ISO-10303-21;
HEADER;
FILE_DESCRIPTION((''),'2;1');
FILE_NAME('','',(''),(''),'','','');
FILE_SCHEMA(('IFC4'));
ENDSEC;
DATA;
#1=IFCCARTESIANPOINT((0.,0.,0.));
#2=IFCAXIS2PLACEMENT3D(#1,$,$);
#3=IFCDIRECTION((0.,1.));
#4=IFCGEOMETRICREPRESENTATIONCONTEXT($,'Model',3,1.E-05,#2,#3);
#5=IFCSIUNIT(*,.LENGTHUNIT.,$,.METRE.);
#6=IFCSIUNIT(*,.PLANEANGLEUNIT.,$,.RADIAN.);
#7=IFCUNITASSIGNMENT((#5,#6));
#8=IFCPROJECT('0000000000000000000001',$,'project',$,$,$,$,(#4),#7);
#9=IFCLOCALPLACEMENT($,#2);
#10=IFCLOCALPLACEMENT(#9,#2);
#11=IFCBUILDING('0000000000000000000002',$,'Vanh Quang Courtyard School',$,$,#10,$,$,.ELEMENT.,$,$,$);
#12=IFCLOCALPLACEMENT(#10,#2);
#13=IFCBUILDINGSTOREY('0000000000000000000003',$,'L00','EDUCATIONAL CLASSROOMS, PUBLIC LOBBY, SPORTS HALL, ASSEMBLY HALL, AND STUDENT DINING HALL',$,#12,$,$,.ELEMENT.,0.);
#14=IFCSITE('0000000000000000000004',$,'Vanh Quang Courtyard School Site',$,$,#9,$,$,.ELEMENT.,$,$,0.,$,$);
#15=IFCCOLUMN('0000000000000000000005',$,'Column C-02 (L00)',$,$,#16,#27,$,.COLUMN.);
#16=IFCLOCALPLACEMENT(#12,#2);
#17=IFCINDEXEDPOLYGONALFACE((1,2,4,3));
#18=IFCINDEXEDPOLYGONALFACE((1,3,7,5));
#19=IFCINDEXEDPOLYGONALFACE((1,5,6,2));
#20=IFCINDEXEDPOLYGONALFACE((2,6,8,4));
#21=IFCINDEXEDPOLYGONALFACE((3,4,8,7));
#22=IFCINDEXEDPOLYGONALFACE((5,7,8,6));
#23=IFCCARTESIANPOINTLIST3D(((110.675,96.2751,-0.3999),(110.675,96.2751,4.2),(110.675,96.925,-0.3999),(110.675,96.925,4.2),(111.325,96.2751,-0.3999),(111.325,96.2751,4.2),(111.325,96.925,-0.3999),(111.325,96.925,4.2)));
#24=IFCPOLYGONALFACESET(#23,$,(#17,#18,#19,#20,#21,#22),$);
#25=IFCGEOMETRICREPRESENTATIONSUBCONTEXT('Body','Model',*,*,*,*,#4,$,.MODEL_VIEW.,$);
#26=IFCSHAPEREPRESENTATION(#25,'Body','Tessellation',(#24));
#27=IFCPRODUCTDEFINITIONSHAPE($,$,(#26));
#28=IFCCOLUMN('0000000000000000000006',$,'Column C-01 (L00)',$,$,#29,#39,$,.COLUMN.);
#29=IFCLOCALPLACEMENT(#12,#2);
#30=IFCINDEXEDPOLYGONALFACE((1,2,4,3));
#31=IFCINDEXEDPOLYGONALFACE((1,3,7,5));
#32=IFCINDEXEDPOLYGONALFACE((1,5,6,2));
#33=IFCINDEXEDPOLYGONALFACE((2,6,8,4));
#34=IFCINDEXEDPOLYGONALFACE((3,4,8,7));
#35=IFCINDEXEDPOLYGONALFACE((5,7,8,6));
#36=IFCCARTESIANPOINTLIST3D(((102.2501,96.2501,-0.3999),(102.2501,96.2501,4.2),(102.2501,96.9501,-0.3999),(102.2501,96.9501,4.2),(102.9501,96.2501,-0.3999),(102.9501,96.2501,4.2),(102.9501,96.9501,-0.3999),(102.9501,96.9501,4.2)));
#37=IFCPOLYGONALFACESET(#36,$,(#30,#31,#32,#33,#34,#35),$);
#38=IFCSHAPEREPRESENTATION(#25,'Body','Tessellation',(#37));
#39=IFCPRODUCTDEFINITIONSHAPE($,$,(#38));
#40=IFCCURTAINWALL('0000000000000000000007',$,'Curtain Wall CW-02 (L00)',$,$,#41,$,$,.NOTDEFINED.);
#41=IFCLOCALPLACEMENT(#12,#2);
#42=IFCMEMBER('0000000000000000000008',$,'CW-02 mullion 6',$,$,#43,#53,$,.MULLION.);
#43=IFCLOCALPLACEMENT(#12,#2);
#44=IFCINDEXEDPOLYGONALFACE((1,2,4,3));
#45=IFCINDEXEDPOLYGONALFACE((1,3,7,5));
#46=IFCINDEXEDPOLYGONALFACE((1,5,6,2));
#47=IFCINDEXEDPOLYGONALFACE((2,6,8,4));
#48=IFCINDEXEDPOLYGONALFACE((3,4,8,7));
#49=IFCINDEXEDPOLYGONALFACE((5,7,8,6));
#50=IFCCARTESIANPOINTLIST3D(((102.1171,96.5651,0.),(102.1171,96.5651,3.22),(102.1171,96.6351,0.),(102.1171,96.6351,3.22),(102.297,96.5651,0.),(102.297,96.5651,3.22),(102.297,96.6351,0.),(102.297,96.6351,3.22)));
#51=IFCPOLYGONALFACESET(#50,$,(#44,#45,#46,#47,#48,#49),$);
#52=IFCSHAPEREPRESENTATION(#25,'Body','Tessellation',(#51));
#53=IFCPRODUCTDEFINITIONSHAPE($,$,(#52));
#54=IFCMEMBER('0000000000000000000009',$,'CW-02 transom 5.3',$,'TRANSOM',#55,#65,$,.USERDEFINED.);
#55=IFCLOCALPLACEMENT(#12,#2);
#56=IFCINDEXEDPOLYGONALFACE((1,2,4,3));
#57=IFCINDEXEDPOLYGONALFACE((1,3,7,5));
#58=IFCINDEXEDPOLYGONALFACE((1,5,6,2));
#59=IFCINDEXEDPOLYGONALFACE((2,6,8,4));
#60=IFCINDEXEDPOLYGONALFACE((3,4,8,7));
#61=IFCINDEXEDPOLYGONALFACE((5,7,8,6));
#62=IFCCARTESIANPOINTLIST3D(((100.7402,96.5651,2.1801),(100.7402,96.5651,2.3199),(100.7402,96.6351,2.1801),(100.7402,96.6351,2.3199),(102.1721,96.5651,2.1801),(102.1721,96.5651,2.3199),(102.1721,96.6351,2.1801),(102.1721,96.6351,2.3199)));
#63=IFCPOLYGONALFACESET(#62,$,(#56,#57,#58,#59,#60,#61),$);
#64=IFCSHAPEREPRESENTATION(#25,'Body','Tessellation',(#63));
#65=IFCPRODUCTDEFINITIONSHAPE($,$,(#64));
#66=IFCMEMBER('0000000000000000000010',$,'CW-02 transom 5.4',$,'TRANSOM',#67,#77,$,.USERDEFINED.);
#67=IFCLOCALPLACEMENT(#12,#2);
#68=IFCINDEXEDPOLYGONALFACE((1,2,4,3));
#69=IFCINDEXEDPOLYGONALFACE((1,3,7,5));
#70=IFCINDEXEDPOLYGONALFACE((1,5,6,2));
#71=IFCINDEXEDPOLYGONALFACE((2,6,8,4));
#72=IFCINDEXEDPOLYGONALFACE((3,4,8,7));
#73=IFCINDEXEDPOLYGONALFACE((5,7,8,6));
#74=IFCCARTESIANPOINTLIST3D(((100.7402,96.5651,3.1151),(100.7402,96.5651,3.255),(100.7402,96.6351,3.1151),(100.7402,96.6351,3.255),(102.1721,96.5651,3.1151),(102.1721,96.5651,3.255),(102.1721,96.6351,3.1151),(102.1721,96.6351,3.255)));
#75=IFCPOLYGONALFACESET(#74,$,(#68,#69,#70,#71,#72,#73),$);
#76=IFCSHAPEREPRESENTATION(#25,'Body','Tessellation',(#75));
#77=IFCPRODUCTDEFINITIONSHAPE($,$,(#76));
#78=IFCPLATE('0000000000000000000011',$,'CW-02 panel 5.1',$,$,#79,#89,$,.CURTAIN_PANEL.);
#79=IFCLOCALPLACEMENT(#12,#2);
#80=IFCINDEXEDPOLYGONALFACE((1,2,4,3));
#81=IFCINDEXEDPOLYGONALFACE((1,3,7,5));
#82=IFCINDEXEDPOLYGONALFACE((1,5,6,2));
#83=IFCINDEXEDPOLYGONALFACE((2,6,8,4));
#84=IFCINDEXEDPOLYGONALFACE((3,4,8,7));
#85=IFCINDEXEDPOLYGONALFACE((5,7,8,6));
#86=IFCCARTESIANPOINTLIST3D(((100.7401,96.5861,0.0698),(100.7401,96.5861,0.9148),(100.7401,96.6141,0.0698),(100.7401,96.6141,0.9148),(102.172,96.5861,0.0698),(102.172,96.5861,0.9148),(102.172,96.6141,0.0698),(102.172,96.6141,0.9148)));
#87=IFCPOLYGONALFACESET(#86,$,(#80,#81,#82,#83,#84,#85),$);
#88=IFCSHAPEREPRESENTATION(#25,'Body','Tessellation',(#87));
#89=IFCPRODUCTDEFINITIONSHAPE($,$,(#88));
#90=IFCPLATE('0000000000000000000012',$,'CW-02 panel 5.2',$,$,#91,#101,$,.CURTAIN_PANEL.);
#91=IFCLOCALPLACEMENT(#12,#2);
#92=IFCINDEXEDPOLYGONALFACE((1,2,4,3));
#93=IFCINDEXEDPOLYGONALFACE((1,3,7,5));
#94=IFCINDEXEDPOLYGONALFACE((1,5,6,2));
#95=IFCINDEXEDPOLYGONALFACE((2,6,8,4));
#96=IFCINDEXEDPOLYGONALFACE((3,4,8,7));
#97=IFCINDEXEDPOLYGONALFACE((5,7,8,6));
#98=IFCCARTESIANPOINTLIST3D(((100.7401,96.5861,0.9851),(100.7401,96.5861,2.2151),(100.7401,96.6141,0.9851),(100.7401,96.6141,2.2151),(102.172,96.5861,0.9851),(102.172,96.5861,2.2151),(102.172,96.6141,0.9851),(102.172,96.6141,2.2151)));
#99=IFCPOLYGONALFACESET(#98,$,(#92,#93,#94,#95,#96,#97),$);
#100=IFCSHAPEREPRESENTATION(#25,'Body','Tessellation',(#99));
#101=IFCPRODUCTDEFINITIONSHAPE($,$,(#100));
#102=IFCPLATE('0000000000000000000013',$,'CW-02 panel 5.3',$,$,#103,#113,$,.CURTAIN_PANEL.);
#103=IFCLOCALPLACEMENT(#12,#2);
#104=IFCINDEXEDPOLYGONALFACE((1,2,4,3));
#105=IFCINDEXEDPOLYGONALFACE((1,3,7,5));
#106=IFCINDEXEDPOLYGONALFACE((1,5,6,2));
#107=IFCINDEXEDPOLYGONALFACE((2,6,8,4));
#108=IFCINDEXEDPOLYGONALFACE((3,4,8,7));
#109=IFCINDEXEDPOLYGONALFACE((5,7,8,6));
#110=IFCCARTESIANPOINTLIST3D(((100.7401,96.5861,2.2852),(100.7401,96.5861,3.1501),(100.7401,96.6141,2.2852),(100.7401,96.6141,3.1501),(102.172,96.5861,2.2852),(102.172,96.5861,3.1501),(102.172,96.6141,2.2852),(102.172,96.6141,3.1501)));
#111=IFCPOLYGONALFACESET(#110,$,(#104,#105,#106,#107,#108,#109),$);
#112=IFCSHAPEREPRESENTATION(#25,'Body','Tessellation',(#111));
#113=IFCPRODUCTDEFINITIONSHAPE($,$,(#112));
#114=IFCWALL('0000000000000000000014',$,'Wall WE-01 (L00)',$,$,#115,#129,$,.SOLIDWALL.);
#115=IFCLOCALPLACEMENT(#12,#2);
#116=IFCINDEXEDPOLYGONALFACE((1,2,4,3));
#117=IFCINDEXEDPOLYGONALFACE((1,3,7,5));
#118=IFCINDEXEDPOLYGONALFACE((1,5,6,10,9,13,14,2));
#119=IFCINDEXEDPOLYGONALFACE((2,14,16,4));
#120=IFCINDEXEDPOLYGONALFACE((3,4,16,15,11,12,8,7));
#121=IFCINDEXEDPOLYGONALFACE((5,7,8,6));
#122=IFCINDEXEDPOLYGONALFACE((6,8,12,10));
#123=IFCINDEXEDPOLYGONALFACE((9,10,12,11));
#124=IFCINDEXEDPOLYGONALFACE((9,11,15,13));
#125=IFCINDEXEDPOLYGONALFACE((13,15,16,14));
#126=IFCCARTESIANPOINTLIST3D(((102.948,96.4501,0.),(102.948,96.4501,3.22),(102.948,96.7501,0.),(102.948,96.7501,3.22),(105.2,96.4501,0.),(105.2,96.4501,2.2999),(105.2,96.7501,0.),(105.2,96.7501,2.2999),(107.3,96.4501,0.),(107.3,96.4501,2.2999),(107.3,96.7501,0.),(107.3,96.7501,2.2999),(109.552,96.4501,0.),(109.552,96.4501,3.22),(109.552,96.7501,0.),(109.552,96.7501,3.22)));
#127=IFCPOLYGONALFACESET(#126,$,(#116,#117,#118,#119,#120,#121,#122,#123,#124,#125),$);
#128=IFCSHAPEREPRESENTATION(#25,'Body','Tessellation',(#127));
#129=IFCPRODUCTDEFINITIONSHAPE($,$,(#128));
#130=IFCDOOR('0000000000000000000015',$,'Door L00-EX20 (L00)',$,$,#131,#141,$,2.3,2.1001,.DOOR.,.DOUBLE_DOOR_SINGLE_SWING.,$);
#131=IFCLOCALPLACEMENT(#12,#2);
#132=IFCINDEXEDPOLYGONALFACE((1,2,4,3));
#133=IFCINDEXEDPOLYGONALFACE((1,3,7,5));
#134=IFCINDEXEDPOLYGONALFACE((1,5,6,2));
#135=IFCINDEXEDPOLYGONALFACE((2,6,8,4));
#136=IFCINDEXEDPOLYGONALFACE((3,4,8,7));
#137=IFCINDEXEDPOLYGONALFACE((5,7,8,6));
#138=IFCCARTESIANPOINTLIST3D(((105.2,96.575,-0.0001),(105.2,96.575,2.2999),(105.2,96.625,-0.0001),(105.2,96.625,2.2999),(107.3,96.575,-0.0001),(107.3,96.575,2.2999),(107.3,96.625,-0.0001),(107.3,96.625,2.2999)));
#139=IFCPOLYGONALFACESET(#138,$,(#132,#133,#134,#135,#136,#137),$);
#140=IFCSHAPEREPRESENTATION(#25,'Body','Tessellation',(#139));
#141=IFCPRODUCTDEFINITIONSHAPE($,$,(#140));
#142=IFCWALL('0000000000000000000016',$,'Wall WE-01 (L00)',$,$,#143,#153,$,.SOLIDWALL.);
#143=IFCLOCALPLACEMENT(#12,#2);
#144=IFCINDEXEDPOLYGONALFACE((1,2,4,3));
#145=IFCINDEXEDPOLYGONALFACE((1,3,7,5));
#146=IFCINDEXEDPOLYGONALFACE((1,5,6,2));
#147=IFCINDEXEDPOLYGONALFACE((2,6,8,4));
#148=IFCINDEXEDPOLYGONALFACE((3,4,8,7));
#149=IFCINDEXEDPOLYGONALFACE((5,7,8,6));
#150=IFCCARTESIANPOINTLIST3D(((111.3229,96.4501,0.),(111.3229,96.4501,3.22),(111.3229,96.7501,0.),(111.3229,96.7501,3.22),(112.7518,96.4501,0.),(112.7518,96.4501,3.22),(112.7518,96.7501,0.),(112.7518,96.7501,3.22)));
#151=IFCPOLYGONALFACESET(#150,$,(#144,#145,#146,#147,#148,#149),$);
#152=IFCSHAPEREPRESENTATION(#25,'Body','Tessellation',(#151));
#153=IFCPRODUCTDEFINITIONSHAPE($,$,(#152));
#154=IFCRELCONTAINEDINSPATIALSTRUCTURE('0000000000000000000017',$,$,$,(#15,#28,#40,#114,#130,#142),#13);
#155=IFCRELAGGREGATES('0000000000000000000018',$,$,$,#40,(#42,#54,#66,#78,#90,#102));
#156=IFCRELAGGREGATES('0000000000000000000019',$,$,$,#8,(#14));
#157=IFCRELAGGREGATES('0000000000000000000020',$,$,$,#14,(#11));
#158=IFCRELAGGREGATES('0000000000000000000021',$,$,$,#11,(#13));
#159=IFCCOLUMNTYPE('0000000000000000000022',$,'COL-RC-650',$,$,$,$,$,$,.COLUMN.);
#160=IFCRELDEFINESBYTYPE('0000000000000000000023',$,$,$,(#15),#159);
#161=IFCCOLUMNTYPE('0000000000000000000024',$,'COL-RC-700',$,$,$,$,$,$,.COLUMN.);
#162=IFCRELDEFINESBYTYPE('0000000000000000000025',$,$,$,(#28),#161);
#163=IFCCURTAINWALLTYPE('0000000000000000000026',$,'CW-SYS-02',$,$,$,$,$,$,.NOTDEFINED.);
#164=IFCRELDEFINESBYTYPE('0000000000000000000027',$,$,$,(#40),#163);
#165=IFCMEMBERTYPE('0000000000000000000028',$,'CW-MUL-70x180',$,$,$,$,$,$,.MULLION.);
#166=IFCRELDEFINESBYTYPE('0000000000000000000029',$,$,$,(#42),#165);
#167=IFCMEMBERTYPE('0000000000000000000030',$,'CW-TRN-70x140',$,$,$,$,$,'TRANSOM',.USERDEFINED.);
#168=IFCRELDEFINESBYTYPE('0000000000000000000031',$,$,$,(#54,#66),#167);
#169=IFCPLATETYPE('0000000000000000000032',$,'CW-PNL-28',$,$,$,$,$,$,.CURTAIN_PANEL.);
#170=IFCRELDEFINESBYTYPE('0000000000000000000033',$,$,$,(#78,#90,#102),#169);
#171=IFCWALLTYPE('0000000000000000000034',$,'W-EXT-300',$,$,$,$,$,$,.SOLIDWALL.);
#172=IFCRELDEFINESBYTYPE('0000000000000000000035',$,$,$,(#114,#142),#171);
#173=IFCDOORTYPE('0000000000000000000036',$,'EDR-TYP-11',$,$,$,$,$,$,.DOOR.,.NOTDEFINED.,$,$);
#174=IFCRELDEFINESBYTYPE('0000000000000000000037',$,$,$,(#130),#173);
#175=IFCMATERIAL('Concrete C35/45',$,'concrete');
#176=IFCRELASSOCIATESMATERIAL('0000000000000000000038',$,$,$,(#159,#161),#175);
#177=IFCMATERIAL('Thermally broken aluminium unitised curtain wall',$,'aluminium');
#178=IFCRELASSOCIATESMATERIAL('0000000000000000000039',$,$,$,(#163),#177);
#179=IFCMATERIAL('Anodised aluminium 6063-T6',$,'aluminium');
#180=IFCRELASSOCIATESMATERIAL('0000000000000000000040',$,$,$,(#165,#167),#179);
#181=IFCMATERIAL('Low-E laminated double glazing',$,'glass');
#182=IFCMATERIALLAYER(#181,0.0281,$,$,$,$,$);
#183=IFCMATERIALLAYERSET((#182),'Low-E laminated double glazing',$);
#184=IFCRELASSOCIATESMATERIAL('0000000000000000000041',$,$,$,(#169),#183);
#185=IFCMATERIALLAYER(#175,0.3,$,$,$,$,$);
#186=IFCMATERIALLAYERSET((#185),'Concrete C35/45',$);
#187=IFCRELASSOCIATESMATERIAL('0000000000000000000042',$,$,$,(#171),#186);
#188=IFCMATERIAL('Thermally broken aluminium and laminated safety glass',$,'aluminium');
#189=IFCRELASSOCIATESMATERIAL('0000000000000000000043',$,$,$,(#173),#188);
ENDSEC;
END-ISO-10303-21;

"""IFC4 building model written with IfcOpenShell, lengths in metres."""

from ifc_helpers import new_model, si_unit, direction, frame, frame_2d, origin, origin_2d, place, context, subcontext, project, spatial, rectangle, extrude, material, layer, layer_set, material_profile, profile_set, type_object, element, fill, aggregate, save


model = new_model("IFC4")

# Units and contexts
model_context = context("Model", 3, precision=1e-05, world=origin(), true_north=direction((0.0, 1.0)))
body_context = subcontext(model_context, "Body", "Model", "MODEL_VIEW")
ifc_project = project(units=[si_unit("LENGTHUNIT", "METRE"), si_unit("PLANEANGLEUNIT", "RADIAN")], contexts=[model_context])

# Site, building, storey
site_placement = place(None, origin())
site = spatial("IfcSite", under=ifc_project, at=site_placement, Name="Vanh Quang Courtyard School Site", CompositionType="ELEMENT", RefElevation=0.0)
building_placement = place(site_placement, origin())
building = spatial("IfcBuilding", under=site, at=building_placement, Name="Vanh Quang Courtyard School", CompositionType="ELEMENT")
storey_placement = place(building_placement, origin())
storey = spatial("IfcBuildingStorey", under=building, at=storey_placement, Name="L00", Description="EDUCATIONAL CLASSROOMS, PUBLIC LOBBY, SPORTS HALL, ASSEMBLY HALL, AND STUDENT DINING HALL", CompositionType="ELEMENT", Elevation=0.0)

# Shared definitions
ifc_material_1 = material(Name="Concrete C35/45", Category="concrete")

# Columns
ifc_material_profile_1 = material_profile(ifc_material_1, rectangle(XDim=0.6499, YDim=0.6499, at=origin_2d()), Name="RC-COL 650x650")
ifc_profile_set_1 = profile_set([ifc_material_profile_1], Name="Concrete C35/45")
column_type_1 = type_object("IfcColumnType", Name="COL-RC-650", PredefinedType="COLUMN", material=ifc_profile_set_1)
for number, where, z_axis, x_axis, name in (
    (1, (111.0, 96.6001, -0.3999), (0.0, 0.0, 1.0), (1.0, 0.0, 0.0), "Column C-02 (L00)"),
):
    element("IfcColumn", number, at=place(storey_placement, frame(where, z_axis=z_axis, x_axis=x_axis)), inside=storey, type_object=column_type_1, Name=name, PredefinedType="COLUMN", context=body_context, shape_type="SweptSolid", body=[
        extrude(rectangle(XDim=0.6499, YDim=0.6499, at=origin_2d()), origin(), (0.0, 0.0, 1.0), 4.5999),
    ])
ifc_material_profile_2 = material_profile(ifc_material_1, rectangle(XDim=0.7, YDim=0.7, at=origin_2d()), Name="RC-COL 700x700")
ifc_profile_set_2 = profile_set([ifc_material_profile_2], Name="Concrete C35/45")
column_type_2 = type_object("IfcColumnType", Name="COL-RC-700", PredefinedType="COLUMN", material=ifc_profile_set_2)
column_placement = place(storey_placement, frame((102.6001, 96.6001, -0.3999), z_axis=(0.0, 0.0, 1.0), x_axis=(1.0, 0.0, 0.0)))
element("IfcColumn", 2, at=column_placement, inside=storey, type_object=column_type_2, Name="Column C-01 (L00)", PredefinedType="COLUMN", context=body_context, shape_type="SweptSolid", body=[
    extrude(rectangle(XDim=0.7, YDim=0.7, at=origin_2d()), origin(), (0.0, 0.0, 1.0), 4.5999),
])

# Curtain wall, members, plates
ifc_material_2 = material(Name="Thermally broken aluminium unitised curtain wall", Category="aluminium")
curtain_wall_type = type_object("IfcCurtainWallType", Name="CW-SYS-02", PredefinedType="NOTDEFINED", material=ifc_material_2)
curtain_wall_placement = place(storey_placement, origin())
curtain_wall = element("IfcCurtainWall", 3, at=curtain_wall_placement, inside=storey, type_object=curtain_wall_type, Name="Curtain Wall CW-02 (L00)", PredefinedType="NOTDEFINED")
ifc_material_3 = material(Name="Anodised aluminium 6063-T6", Category="aluminium")
ifc_material_profile_3 = material_profile(ifc_material_3, rectangle(XDim=0.0701, YDim=0.1799, at=origin_2d()), Name="ALU-MUL 70x180")
ifc_profile_set_3 = profile_set([ifc_material_profile_3], Name="Anodised aluminium 6063-T6")
member_type_1 = type_object("IfcMemberType", Name="CW-MUL-70x180", PredefinedType="MULLION", material=ifc_profile_set_3)
member_1_placement = place(storey_placement, frame((102.207, 96.6001, 0.0), z_axis=(0.0, 0.0, 1.0), x_axis=(0.0, 1.0, 0.0)))
member_1 = element("IfcMember", 4, at=member_1_placement, type_object=member_type_1, Name="CW-02 mullion 6", PredefinedType="MULLION", context=body_context, shape_type="SweptSolid", body=[
    extrude(rectangle(XDim=0.0701, YDim=0.1799, at=origin_2d()), origin(), (0.0, 0.0, 1.0), 3.22),
])
ifc_material_profile_4 = material_profile(ifc_material_3, rectangle(XDim=0.0701, YDim=0.1399, at=origin_2d()), Name="ALU-TRN 70x140")
ifc_profile_set_4 = profile_set([ifc_material_profile_4], Name="Anodised aluminium 6063-T6")
member_type_2 = type_object("IfcMemberType", Name="CW-TRN-70x140", ElementType="TRANSOM", PredefinedType="USERDEFINED", material=ifc_profile_set_4)
member_2_placement = place(storey_placement, frame((100.7402, 96.6001, 2.25), z_axis=(1.0, 0.0, 0.0), x_axis=(0.0, 1.0, 0.0)))
member_2 = element("IfcMember", 5, at=member_2_placement, type_object=member_type_2, Name="CW-02 transom 5.3", ObjectType="TRANSOM", PredefinedType="USERDEFINED", context=body_context, shape_type="SweptSolid", body=[
    extrude(rectangle(XDim=0.0701, YDim=0.1399, at=origin_2d()), origin(), (0.0, 0.0, 1.0), 1.4319),
])
member_3_placement = place(storey_placement, frame((100.7402, 96.6001, 3.1851), z_axis=(1.0, 0.0, 0.0), x_axis=(0.0, 1.0, 0.0)))
member_3 = element("IfcMember", 6, at=member_3_placement, type_object=member_type_2, Name="CW-02 transom 5.4", ObjectType="TRANSOM", PredefinedType="USERDEFINED", context=body_context, shape_type="SweptSolid", body=[
    extrude(rectangle(XDim=0.0701, YDim=0.1399, at=origin_2d()), origin(), (0.0, 0.0, 1.0), 1.4319),
])
ifc_material_4 = material(Name="Low-E laminated double glazing", Category="glass")
ifc_layer_1 = layer(ifc_material_4, 0.0281)
ifc_layer_set_1 = layer_set([ifc_layer_1], Name="Low-E laminated double glazing")
plate_type = type_object("IfcPlateType", Name="CW-PNL-28", PredefinedType="CURTAIN_PANEL", material=ifc_layer_set_1)
plate_1_placement = place(storey_placement, frame((101.4561, 96.6001, 0.0698), z_axis=(0.0, 0.0, 1.0), x_axis=(1.0, 0.0, 0.0)))
plate_1 = element("IfcPlate", 7, at=plate_1_placement, type_object=plate_type, Name="CW-02 panel 5.1", PredefinedType="CURTAIN_PANEL", context=body_context, shape_type="SweptSolid", body=[
    extrude(rectangle(XDim=1.4319, YDim=0.0281, at=origin_2d()), origin(), (0.0, 0.0, 1.0), 0.845),
])
plate_2_placement = place(storey_placement, frame((101.4561, 96.6001, 0.9851), z_axis=(0.0, 0.0, 1.0), x_axis=(1.0, 0.0, 0.0)))
plate_2 = element("IfcPlate", 8, at=plate_2_placement, type_object=plate_type, Name="CW-02 panel 5.2", PredefinedType="CURTAIN_PANEL", context=body_context, shape_type="SweptSolid", body=[
    extrude(rectangle(XDim=1.4319, YDim=0.0281, at=origin_2d()), origin(), (0.0, 0.0, 1.0), 1.23),
])
plate_3_placement = place(storey_placement, frame((101.4561, 96.6001, 2.2852), z_axis=(0.0, 0.0, 1.0), x_axis=(1.0, 0.0, 0.0)))
plate_3 = element("IfcPlate", 9, at=plate_3_placement, type_object=plate_type, Name="CW-02 panel 5.3", PredefinedType="CURTAIN_PANEL", context=body_context, shape_type="SweptSolid", body=[
    extrude(rectangle(XDim=1.4319, YDim=0.0281, at=origin_2d()), origin(), (0.0, 0.0, 1.0), 0.865),
])
aggregate(curtain_wall, [member_1, member_2, member_3, plate_1, plate_2, plate_3])

# Wall, opening, door
ifc_layer_2 = layer(ifc_material_1, 0.3)
ifc_layer_set_2 = layer_set([ifc_layer_2], Name="Concrete C35/45")
wall_type_1 = type_object("IfcWallType", Name="W-EXT-300", PredefinedType="SOLIDWALL", material=ifc_layer_set_2)
wall_1_placement = place(storey_placement, frame((102.948, 96.6001, 0.0), z_axis=(0.0, 0.0, 1.0), x_axis=(1.0, 0.0, 0.0)))
wall_1 = element("IfcWall", 10, at=wall_1_placement, inside=storey, type_object=wall_type_1, Name="Wall WE-01 (L00)", PredefinedType="SOLIDWALL", context=body_context, shape_type="SweptSolid", body=[
    extrude(rectangle(XDim=6.604, YDim=0.3, at=frame_2d((3.302, 0.0))), origin(), (0.0, 0.0, 1.0), 3.22),
])
opening_1_placement = place(wall_1_placement, frame((2.252, 0.0, 0.0)))
opening_1 = element("IfcOpeningElement", 11, at=opening_1_placement, cuts=wall_1, PredefinedType="OPENING", context=body_context, shape_type="SweptSolid", body=[
    extrude(rectangle(XDim=2.1001, YDim=2.3, at=frame_2d((1.05, 1.1499))), frame((0.0, 0.1602, 0.0), z_axis=(0.0, -1.0, 0.0), x_axis=(1.0, 0.0, 0.0)), (0.0, 0.0, 1.0), 0.3201),
])
ifc_material_5 = material(Name="Thermally broken aluminium and laminated safety glass", Category="aluminium")
door_type_1 = type_object("IfcDoorType", Name="EDR-TYP-11", OperationType="NOTDEFINED", PredefinedType="DOOR", material=ifc_material_5)
door_1_placement = place(opening_1_placement, origin())
door_1 = element("IfcDoor", 12, at=door_1_placement, inside=storey, type_object=door_type_1, Name="Door L00-EX20 (L00)", OperationType="DOUBLE_DOOR_SINGLE_SWING", OverallHeight=2.3, OverallWidth=2.1001, PredefinedType="DOOR", context=body_context, shape_type="SweptSolid", body=[
    extrude(rectangle(XDim=2.1001, YDim=2.3, at=frame_2d((1.05, 1.1499))), frame((0.0, 0.0249, 0.0), z_axis=(0.0, -1.0, 0.0), x_axis=(1.0, 0.0, 0.0)), (0.0, 0.0, 1.0), 0.05),
])
fill(opening_1, door_1)

# Wall
wall_2_placement = place(storey_placement, frame((111.323, 96.6001, 0.0), z_axis=(0.0, 0.0, 1.0), x_axis=(1.0, 0.0, 0.0)))
element("IfcWall", 13, at=wall_2_placement, inside=storey, type_object=wall_type_1, Name="Wall WE-01 (L00)", PredefinedType="SOLIDWALL", context=body_context, shape_type="SweptSolid", body=[
    extrude(rectangle(XDim=1.429, YDim=0.3, at=frame_2d((0.7144, 0.0))), origin(), (0.0, 0.0, 1.0), 3.22),
])

save(model, "model.ifc")
